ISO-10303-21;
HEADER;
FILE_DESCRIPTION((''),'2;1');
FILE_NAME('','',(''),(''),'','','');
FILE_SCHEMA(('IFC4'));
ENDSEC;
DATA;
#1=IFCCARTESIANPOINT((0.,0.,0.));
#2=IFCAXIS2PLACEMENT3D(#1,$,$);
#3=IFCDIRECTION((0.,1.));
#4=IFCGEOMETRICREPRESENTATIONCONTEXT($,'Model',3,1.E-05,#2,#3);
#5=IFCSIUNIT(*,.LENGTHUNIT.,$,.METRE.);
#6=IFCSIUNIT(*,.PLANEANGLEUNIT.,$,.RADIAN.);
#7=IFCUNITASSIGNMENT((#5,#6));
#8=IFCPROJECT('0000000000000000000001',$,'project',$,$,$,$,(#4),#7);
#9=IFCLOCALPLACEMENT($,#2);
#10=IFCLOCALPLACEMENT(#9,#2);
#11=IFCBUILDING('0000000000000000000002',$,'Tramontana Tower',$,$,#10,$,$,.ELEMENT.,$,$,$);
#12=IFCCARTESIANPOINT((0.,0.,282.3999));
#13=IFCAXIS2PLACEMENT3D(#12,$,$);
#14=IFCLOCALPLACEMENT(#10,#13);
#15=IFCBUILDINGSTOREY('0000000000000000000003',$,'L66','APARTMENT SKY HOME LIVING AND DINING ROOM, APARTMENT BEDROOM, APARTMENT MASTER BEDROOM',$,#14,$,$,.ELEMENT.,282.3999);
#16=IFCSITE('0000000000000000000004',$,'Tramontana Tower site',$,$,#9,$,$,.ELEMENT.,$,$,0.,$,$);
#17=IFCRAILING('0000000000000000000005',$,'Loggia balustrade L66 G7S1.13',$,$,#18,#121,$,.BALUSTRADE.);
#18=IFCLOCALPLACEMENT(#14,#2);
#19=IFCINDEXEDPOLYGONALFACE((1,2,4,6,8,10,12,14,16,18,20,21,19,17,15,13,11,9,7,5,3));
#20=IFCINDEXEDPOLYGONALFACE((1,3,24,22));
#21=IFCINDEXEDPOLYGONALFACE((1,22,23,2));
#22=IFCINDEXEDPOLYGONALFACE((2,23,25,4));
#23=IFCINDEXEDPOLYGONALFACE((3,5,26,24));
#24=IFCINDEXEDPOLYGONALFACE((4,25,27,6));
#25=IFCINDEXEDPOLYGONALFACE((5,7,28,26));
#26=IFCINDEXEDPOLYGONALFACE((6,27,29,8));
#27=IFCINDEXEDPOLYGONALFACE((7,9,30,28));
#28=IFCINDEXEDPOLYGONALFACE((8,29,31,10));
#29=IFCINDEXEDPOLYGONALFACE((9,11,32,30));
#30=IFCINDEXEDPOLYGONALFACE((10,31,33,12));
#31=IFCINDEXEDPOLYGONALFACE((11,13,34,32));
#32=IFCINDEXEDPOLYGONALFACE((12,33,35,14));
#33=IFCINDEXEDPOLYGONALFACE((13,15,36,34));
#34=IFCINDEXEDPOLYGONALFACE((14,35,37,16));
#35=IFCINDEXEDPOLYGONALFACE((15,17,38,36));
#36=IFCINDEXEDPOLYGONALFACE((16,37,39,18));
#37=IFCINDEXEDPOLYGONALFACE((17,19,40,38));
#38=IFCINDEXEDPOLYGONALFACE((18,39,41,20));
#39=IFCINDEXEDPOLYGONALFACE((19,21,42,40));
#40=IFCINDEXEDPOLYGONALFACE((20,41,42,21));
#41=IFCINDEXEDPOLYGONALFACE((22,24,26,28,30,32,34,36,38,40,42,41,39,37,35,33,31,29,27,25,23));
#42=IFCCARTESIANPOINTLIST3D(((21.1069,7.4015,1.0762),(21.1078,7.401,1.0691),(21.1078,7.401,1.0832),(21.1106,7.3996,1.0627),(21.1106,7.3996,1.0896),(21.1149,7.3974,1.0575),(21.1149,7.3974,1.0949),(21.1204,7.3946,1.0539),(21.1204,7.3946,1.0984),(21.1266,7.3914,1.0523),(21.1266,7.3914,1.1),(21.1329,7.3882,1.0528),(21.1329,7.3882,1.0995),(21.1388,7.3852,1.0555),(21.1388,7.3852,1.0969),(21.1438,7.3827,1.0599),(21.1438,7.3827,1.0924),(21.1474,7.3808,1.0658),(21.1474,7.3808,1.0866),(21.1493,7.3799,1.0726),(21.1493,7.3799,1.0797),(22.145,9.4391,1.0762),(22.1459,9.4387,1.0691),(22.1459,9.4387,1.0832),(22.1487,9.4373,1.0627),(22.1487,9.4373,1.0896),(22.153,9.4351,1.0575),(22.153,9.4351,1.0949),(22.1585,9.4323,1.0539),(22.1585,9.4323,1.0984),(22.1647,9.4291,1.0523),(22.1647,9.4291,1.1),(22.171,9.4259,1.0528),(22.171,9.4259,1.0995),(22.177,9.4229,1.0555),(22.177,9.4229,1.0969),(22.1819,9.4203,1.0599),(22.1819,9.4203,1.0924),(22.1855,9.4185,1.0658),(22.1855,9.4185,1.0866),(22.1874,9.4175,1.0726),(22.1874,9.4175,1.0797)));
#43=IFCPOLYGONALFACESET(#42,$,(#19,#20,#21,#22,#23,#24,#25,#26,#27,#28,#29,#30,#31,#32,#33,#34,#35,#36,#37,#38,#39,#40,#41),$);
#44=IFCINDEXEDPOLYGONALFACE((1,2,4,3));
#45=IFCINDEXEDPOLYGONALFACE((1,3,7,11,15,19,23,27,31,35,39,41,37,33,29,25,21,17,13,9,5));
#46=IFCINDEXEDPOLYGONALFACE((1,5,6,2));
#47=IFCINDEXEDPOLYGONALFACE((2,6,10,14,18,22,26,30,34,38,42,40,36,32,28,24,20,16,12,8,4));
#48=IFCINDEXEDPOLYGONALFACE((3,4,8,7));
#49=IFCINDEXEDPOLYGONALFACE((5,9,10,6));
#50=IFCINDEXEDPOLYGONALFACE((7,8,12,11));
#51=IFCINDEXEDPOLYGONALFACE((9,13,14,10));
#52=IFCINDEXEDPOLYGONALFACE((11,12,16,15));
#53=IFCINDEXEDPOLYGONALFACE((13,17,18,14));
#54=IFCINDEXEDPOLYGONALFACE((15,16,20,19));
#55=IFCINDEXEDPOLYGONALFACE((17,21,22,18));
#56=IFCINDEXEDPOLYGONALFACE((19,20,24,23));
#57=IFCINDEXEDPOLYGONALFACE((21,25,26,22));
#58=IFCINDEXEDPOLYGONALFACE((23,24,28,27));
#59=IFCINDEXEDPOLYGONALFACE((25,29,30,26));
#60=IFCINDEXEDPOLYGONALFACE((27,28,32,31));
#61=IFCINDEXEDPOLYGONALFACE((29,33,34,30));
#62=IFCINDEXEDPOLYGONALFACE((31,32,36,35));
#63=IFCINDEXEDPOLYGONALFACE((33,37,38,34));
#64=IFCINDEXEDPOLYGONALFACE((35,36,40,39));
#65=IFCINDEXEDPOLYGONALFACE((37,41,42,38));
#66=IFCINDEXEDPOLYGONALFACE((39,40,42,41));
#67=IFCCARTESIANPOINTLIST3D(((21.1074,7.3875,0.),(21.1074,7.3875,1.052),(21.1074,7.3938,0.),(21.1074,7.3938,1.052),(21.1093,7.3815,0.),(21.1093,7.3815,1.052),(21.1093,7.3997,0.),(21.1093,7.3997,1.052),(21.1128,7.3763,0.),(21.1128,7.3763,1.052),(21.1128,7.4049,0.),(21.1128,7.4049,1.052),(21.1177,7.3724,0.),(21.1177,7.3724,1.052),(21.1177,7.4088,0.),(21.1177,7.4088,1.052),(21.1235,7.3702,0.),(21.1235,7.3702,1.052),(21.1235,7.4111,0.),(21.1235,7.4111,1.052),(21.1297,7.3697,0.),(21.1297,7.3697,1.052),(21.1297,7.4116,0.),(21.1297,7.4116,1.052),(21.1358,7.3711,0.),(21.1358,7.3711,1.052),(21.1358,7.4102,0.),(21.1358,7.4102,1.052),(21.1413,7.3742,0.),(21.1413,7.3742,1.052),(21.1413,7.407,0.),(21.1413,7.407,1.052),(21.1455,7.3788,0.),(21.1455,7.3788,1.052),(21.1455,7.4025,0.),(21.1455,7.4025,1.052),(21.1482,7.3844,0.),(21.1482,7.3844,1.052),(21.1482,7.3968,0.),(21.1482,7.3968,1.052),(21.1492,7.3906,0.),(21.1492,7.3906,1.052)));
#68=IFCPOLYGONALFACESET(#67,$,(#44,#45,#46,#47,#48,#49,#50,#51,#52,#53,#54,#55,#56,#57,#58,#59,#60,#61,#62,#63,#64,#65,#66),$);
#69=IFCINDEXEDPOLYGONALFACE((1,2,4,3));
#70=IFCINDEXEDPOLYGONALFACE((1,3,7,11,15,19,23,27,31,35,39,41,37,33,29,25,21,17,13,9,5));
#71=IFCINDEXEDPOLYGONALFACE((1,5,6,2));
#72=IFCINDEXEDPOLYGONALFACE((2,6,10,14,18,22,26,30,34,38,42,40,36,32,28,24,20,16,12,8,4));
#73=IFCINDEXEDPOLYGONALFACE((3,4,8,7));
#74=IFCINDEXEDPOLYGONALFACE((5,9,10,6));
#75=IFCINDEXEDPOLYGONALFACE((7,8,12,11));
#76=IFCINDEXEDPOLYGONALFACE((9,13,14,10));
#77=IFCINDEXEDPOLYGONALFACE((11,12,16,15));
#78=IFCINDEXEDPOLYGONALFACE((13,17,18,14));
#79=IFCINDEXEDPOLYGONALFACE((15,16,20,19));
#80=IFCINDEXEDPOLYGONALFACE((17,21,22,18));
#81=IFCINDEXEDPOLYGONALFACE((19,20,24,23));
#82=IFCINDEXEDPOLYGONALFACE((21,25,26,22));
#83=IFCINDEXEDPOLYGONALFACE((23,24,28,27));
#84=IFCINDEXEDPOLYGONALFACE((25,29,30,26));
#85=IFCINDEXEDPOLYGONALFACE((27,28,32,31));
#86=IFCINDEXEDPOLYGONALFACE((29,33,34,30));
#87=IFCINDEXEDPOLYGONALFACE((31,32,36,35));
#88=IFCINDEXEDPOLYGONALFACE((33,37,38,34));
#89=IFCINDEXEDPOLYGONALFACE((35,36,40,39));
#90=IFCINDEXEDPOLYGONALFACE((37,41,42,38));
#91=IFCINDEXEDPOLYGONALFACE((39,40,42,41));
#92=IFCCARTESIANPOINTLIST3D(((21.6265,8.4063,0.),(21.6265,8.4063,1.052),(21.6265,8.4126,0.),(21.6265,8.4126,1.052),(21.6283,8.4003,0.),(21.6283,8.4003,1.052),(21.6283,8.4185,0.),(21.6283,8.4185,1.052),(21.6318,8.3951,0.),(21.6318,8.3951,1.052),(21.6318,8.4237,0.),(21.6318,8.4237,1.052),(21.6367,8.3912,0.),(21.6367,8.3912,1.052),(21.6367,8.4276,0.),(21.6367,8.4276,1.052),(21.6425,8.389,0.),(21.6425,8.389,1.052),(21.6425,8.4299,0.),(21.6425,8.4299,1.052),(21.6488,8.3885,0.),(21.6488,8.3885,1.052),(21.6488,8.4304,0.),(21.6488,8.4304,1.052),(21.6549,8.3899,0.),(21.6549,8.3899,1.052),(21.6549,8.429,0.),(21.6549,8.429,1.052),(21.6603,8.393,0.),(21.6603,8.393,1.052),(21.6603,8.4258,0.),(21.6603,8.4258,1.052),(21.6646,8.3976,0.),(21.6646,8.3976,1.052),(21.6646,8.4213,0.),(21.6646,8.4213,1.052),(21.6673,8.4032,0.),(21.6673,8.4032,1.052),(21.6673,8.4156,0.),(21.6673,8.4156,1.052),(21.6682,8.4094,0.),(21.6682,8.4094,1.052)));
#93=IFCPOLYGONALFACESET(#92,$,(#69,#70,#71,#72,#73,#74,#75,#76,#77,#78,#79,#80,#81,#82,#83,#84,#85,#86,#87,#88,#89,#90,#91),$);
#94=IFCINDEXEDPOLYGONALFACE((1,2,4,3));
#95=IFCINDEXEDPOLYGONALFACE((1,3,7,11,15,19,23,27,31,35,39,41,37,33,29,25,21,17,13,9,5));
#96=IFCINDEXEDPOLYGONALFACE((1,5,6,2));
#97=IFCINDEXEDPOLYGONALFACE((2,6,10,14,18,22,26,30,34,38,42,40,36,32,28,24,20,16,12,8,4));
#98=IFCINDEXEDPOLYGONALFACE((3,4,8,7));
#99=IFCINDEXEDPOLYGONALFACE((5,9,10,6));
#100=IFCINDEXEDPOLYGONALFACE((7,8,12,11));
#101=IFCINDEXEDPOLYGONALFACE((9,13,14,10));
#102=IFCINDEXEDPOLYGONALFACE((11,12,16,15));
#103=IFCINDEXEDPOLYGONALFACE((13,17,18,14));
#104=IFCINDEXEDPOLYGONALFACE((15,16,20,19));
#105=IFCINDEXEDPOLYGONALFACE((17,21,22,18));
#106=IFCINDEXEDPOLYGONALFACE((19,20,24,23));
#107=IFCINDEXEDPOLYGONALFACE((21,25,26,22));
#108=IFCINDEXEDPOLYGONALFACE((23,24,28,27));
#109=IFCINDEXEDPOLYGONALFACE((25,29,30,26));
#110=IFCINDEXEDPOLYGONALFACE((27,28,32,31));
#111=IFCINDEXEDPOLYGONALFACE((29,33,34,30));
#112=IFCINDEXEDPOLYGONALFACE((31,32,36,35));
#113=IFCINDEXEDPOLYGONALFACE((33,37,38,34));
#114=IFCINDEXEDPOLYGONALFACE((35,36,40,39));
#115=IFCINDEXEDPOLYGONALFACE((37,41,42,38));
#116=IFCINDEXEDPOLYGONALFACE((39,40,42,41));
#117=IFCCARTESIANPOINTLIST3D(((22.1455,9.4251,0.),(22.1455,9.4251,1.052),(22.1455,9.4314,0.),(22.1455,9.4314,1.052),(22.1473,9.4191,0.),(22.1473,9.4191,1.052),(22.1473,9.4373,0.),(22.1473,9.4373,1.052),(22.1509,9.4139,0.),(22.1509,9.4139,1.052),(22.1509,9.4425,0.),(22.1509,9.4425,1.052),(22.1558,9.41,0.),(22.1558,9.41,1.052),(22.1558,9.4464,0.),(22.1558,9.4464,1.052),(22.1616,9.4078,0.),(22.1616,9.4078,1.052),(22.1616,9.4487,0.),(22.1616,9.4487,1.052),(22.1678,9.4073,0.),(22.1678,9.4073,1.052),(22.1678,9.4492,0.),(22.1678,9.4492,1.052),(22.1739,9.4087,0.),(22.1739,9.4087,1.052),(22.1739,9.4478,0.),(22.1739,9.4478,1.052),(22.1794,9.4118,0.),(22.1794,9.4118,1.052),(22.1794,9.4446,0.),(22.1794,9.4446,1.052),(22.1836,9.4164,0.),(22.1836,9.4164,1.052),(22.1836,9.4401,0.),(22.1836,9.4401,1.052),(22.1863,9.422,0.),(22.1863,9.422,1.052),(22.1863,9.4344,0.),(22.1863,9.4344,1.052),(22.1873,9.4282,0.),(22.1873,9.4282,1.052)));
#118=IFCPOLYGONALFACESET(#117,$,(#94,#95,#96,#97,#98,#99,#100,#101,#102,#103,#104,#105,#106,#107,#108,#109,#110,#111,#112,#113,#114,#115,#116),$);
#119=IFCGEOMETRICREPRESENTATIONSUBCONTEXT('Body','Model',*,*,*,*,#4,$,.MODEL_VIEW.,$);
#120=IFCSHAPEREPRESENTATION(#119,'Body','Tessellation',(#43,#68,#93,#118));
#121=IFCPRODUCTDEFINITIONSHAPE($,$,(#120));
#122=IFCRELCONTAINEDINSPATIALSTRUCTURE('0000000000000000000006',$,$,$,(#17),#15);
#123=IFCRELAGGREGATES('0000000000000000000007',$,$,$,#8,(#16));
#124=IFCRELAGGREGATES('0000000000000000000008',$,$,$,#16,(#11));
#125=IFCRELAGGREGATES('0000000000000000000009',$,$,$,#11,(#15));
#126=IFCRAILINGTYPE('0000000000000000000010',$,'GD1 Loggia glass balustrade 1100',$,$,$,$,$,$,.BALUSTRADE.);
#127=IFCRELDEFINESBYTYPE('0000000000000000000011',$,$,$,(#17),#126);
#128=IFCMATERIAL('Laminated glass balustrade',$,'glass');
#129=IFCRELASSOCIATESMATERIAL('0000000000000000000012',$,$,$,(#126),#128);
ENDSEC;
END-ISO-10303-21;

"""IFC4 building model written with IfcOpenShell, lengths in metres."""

from ifc_helpers import new_model, si_unit, direction, frame, origin, origin_2d, place, context, subcontext, project, spatial, circle, extrude, material, type_object, element, save


model = new_model("IFC4")

# Units and contexts
model_context = context("Model", 3, precision=1e-05, world=origin(), true_north=direction((0.0, 1.0)))
body_context = subcontext(model_context, "Body", "Model", "MODEL_VIEW")
ifc_project = project(units=[si_unit("LENGTHUNIT", "METRE"), si_unit("PLANEANGLEUNIT", "RADIAN")], contexts=[model_context])

# Site, building, storey
site_placement = place(None, origin())
site = spatial("IfcSite", under=ifc_project, at=site_placement, Name="Tramontana Tower site", CompositionType="ELEMENT", RefElevation=0.0)
building_placement = place(site_placement, origin())
building = spatial("IfcBuilding", under=site, at=building_placement, Name="Tramontana Tower", CompositionType="ELEMENT")
storey_placement = place(building_placement, frame((0.0, 0.0, 282.3999)))
storey = spatial("IfcBuildingStorey", under=building, at=storey_placement, Name="L66", Description="APARTMENT SKY HOME LIVING AND DINING ROOM, APARTMENT BEDROOM, APARTMENT MASTER BEDROOM", CompositionType="ELEMENT", Elevation=282.3999)

# Railing
ifc_material_1 = material(Name="Laminated glass balustrade", Category="glass")
railing_type = type_object("IfcRailingType", Name="GD1 Loggia glass balustrade 1100", PredefinedType="BALUSTRADE", material=ifc_material_1)
railing_placement = place(storey_placement, frame((21.1282, 7.3906, 0.0)))
element("IfcRailing", 1, at=railing_placement, inside=storey, type_object=railing_type, Name="Loggia balustrade L66 G7S1.13", PredefinedType="BALUSTRADE", context=body_context, shape_type="SweptSolid", body=[
    extrude(circle(Radius=0.0239, at=origin_2d()), frame((0.0, 0.0, 1.0762), z_axis=(0.453948, 0.891028, 0.0), x_axis=(-0.891028, 0.453948, 0.0)), (0.0, 0.0, 1.0), 2.2869),
    extrude(circle(Radius=0.021, at=origin_2d()), origin(), (0.0, 0.0, 1.0), 1.052),
    extrude(circle(Radius=0.021, at=origin_2d()), frame((0.519, 1.0188, 0.0)), (0.0, 0.0, 1.0), 1.052),
    extrude(circle(Radius=0.021, at=origin_2d()), frame((1.0381, 2.0376, 0.0)), (0.0, 0.0, 1.0), 1.052),
])

save(model, "model.ifc")
